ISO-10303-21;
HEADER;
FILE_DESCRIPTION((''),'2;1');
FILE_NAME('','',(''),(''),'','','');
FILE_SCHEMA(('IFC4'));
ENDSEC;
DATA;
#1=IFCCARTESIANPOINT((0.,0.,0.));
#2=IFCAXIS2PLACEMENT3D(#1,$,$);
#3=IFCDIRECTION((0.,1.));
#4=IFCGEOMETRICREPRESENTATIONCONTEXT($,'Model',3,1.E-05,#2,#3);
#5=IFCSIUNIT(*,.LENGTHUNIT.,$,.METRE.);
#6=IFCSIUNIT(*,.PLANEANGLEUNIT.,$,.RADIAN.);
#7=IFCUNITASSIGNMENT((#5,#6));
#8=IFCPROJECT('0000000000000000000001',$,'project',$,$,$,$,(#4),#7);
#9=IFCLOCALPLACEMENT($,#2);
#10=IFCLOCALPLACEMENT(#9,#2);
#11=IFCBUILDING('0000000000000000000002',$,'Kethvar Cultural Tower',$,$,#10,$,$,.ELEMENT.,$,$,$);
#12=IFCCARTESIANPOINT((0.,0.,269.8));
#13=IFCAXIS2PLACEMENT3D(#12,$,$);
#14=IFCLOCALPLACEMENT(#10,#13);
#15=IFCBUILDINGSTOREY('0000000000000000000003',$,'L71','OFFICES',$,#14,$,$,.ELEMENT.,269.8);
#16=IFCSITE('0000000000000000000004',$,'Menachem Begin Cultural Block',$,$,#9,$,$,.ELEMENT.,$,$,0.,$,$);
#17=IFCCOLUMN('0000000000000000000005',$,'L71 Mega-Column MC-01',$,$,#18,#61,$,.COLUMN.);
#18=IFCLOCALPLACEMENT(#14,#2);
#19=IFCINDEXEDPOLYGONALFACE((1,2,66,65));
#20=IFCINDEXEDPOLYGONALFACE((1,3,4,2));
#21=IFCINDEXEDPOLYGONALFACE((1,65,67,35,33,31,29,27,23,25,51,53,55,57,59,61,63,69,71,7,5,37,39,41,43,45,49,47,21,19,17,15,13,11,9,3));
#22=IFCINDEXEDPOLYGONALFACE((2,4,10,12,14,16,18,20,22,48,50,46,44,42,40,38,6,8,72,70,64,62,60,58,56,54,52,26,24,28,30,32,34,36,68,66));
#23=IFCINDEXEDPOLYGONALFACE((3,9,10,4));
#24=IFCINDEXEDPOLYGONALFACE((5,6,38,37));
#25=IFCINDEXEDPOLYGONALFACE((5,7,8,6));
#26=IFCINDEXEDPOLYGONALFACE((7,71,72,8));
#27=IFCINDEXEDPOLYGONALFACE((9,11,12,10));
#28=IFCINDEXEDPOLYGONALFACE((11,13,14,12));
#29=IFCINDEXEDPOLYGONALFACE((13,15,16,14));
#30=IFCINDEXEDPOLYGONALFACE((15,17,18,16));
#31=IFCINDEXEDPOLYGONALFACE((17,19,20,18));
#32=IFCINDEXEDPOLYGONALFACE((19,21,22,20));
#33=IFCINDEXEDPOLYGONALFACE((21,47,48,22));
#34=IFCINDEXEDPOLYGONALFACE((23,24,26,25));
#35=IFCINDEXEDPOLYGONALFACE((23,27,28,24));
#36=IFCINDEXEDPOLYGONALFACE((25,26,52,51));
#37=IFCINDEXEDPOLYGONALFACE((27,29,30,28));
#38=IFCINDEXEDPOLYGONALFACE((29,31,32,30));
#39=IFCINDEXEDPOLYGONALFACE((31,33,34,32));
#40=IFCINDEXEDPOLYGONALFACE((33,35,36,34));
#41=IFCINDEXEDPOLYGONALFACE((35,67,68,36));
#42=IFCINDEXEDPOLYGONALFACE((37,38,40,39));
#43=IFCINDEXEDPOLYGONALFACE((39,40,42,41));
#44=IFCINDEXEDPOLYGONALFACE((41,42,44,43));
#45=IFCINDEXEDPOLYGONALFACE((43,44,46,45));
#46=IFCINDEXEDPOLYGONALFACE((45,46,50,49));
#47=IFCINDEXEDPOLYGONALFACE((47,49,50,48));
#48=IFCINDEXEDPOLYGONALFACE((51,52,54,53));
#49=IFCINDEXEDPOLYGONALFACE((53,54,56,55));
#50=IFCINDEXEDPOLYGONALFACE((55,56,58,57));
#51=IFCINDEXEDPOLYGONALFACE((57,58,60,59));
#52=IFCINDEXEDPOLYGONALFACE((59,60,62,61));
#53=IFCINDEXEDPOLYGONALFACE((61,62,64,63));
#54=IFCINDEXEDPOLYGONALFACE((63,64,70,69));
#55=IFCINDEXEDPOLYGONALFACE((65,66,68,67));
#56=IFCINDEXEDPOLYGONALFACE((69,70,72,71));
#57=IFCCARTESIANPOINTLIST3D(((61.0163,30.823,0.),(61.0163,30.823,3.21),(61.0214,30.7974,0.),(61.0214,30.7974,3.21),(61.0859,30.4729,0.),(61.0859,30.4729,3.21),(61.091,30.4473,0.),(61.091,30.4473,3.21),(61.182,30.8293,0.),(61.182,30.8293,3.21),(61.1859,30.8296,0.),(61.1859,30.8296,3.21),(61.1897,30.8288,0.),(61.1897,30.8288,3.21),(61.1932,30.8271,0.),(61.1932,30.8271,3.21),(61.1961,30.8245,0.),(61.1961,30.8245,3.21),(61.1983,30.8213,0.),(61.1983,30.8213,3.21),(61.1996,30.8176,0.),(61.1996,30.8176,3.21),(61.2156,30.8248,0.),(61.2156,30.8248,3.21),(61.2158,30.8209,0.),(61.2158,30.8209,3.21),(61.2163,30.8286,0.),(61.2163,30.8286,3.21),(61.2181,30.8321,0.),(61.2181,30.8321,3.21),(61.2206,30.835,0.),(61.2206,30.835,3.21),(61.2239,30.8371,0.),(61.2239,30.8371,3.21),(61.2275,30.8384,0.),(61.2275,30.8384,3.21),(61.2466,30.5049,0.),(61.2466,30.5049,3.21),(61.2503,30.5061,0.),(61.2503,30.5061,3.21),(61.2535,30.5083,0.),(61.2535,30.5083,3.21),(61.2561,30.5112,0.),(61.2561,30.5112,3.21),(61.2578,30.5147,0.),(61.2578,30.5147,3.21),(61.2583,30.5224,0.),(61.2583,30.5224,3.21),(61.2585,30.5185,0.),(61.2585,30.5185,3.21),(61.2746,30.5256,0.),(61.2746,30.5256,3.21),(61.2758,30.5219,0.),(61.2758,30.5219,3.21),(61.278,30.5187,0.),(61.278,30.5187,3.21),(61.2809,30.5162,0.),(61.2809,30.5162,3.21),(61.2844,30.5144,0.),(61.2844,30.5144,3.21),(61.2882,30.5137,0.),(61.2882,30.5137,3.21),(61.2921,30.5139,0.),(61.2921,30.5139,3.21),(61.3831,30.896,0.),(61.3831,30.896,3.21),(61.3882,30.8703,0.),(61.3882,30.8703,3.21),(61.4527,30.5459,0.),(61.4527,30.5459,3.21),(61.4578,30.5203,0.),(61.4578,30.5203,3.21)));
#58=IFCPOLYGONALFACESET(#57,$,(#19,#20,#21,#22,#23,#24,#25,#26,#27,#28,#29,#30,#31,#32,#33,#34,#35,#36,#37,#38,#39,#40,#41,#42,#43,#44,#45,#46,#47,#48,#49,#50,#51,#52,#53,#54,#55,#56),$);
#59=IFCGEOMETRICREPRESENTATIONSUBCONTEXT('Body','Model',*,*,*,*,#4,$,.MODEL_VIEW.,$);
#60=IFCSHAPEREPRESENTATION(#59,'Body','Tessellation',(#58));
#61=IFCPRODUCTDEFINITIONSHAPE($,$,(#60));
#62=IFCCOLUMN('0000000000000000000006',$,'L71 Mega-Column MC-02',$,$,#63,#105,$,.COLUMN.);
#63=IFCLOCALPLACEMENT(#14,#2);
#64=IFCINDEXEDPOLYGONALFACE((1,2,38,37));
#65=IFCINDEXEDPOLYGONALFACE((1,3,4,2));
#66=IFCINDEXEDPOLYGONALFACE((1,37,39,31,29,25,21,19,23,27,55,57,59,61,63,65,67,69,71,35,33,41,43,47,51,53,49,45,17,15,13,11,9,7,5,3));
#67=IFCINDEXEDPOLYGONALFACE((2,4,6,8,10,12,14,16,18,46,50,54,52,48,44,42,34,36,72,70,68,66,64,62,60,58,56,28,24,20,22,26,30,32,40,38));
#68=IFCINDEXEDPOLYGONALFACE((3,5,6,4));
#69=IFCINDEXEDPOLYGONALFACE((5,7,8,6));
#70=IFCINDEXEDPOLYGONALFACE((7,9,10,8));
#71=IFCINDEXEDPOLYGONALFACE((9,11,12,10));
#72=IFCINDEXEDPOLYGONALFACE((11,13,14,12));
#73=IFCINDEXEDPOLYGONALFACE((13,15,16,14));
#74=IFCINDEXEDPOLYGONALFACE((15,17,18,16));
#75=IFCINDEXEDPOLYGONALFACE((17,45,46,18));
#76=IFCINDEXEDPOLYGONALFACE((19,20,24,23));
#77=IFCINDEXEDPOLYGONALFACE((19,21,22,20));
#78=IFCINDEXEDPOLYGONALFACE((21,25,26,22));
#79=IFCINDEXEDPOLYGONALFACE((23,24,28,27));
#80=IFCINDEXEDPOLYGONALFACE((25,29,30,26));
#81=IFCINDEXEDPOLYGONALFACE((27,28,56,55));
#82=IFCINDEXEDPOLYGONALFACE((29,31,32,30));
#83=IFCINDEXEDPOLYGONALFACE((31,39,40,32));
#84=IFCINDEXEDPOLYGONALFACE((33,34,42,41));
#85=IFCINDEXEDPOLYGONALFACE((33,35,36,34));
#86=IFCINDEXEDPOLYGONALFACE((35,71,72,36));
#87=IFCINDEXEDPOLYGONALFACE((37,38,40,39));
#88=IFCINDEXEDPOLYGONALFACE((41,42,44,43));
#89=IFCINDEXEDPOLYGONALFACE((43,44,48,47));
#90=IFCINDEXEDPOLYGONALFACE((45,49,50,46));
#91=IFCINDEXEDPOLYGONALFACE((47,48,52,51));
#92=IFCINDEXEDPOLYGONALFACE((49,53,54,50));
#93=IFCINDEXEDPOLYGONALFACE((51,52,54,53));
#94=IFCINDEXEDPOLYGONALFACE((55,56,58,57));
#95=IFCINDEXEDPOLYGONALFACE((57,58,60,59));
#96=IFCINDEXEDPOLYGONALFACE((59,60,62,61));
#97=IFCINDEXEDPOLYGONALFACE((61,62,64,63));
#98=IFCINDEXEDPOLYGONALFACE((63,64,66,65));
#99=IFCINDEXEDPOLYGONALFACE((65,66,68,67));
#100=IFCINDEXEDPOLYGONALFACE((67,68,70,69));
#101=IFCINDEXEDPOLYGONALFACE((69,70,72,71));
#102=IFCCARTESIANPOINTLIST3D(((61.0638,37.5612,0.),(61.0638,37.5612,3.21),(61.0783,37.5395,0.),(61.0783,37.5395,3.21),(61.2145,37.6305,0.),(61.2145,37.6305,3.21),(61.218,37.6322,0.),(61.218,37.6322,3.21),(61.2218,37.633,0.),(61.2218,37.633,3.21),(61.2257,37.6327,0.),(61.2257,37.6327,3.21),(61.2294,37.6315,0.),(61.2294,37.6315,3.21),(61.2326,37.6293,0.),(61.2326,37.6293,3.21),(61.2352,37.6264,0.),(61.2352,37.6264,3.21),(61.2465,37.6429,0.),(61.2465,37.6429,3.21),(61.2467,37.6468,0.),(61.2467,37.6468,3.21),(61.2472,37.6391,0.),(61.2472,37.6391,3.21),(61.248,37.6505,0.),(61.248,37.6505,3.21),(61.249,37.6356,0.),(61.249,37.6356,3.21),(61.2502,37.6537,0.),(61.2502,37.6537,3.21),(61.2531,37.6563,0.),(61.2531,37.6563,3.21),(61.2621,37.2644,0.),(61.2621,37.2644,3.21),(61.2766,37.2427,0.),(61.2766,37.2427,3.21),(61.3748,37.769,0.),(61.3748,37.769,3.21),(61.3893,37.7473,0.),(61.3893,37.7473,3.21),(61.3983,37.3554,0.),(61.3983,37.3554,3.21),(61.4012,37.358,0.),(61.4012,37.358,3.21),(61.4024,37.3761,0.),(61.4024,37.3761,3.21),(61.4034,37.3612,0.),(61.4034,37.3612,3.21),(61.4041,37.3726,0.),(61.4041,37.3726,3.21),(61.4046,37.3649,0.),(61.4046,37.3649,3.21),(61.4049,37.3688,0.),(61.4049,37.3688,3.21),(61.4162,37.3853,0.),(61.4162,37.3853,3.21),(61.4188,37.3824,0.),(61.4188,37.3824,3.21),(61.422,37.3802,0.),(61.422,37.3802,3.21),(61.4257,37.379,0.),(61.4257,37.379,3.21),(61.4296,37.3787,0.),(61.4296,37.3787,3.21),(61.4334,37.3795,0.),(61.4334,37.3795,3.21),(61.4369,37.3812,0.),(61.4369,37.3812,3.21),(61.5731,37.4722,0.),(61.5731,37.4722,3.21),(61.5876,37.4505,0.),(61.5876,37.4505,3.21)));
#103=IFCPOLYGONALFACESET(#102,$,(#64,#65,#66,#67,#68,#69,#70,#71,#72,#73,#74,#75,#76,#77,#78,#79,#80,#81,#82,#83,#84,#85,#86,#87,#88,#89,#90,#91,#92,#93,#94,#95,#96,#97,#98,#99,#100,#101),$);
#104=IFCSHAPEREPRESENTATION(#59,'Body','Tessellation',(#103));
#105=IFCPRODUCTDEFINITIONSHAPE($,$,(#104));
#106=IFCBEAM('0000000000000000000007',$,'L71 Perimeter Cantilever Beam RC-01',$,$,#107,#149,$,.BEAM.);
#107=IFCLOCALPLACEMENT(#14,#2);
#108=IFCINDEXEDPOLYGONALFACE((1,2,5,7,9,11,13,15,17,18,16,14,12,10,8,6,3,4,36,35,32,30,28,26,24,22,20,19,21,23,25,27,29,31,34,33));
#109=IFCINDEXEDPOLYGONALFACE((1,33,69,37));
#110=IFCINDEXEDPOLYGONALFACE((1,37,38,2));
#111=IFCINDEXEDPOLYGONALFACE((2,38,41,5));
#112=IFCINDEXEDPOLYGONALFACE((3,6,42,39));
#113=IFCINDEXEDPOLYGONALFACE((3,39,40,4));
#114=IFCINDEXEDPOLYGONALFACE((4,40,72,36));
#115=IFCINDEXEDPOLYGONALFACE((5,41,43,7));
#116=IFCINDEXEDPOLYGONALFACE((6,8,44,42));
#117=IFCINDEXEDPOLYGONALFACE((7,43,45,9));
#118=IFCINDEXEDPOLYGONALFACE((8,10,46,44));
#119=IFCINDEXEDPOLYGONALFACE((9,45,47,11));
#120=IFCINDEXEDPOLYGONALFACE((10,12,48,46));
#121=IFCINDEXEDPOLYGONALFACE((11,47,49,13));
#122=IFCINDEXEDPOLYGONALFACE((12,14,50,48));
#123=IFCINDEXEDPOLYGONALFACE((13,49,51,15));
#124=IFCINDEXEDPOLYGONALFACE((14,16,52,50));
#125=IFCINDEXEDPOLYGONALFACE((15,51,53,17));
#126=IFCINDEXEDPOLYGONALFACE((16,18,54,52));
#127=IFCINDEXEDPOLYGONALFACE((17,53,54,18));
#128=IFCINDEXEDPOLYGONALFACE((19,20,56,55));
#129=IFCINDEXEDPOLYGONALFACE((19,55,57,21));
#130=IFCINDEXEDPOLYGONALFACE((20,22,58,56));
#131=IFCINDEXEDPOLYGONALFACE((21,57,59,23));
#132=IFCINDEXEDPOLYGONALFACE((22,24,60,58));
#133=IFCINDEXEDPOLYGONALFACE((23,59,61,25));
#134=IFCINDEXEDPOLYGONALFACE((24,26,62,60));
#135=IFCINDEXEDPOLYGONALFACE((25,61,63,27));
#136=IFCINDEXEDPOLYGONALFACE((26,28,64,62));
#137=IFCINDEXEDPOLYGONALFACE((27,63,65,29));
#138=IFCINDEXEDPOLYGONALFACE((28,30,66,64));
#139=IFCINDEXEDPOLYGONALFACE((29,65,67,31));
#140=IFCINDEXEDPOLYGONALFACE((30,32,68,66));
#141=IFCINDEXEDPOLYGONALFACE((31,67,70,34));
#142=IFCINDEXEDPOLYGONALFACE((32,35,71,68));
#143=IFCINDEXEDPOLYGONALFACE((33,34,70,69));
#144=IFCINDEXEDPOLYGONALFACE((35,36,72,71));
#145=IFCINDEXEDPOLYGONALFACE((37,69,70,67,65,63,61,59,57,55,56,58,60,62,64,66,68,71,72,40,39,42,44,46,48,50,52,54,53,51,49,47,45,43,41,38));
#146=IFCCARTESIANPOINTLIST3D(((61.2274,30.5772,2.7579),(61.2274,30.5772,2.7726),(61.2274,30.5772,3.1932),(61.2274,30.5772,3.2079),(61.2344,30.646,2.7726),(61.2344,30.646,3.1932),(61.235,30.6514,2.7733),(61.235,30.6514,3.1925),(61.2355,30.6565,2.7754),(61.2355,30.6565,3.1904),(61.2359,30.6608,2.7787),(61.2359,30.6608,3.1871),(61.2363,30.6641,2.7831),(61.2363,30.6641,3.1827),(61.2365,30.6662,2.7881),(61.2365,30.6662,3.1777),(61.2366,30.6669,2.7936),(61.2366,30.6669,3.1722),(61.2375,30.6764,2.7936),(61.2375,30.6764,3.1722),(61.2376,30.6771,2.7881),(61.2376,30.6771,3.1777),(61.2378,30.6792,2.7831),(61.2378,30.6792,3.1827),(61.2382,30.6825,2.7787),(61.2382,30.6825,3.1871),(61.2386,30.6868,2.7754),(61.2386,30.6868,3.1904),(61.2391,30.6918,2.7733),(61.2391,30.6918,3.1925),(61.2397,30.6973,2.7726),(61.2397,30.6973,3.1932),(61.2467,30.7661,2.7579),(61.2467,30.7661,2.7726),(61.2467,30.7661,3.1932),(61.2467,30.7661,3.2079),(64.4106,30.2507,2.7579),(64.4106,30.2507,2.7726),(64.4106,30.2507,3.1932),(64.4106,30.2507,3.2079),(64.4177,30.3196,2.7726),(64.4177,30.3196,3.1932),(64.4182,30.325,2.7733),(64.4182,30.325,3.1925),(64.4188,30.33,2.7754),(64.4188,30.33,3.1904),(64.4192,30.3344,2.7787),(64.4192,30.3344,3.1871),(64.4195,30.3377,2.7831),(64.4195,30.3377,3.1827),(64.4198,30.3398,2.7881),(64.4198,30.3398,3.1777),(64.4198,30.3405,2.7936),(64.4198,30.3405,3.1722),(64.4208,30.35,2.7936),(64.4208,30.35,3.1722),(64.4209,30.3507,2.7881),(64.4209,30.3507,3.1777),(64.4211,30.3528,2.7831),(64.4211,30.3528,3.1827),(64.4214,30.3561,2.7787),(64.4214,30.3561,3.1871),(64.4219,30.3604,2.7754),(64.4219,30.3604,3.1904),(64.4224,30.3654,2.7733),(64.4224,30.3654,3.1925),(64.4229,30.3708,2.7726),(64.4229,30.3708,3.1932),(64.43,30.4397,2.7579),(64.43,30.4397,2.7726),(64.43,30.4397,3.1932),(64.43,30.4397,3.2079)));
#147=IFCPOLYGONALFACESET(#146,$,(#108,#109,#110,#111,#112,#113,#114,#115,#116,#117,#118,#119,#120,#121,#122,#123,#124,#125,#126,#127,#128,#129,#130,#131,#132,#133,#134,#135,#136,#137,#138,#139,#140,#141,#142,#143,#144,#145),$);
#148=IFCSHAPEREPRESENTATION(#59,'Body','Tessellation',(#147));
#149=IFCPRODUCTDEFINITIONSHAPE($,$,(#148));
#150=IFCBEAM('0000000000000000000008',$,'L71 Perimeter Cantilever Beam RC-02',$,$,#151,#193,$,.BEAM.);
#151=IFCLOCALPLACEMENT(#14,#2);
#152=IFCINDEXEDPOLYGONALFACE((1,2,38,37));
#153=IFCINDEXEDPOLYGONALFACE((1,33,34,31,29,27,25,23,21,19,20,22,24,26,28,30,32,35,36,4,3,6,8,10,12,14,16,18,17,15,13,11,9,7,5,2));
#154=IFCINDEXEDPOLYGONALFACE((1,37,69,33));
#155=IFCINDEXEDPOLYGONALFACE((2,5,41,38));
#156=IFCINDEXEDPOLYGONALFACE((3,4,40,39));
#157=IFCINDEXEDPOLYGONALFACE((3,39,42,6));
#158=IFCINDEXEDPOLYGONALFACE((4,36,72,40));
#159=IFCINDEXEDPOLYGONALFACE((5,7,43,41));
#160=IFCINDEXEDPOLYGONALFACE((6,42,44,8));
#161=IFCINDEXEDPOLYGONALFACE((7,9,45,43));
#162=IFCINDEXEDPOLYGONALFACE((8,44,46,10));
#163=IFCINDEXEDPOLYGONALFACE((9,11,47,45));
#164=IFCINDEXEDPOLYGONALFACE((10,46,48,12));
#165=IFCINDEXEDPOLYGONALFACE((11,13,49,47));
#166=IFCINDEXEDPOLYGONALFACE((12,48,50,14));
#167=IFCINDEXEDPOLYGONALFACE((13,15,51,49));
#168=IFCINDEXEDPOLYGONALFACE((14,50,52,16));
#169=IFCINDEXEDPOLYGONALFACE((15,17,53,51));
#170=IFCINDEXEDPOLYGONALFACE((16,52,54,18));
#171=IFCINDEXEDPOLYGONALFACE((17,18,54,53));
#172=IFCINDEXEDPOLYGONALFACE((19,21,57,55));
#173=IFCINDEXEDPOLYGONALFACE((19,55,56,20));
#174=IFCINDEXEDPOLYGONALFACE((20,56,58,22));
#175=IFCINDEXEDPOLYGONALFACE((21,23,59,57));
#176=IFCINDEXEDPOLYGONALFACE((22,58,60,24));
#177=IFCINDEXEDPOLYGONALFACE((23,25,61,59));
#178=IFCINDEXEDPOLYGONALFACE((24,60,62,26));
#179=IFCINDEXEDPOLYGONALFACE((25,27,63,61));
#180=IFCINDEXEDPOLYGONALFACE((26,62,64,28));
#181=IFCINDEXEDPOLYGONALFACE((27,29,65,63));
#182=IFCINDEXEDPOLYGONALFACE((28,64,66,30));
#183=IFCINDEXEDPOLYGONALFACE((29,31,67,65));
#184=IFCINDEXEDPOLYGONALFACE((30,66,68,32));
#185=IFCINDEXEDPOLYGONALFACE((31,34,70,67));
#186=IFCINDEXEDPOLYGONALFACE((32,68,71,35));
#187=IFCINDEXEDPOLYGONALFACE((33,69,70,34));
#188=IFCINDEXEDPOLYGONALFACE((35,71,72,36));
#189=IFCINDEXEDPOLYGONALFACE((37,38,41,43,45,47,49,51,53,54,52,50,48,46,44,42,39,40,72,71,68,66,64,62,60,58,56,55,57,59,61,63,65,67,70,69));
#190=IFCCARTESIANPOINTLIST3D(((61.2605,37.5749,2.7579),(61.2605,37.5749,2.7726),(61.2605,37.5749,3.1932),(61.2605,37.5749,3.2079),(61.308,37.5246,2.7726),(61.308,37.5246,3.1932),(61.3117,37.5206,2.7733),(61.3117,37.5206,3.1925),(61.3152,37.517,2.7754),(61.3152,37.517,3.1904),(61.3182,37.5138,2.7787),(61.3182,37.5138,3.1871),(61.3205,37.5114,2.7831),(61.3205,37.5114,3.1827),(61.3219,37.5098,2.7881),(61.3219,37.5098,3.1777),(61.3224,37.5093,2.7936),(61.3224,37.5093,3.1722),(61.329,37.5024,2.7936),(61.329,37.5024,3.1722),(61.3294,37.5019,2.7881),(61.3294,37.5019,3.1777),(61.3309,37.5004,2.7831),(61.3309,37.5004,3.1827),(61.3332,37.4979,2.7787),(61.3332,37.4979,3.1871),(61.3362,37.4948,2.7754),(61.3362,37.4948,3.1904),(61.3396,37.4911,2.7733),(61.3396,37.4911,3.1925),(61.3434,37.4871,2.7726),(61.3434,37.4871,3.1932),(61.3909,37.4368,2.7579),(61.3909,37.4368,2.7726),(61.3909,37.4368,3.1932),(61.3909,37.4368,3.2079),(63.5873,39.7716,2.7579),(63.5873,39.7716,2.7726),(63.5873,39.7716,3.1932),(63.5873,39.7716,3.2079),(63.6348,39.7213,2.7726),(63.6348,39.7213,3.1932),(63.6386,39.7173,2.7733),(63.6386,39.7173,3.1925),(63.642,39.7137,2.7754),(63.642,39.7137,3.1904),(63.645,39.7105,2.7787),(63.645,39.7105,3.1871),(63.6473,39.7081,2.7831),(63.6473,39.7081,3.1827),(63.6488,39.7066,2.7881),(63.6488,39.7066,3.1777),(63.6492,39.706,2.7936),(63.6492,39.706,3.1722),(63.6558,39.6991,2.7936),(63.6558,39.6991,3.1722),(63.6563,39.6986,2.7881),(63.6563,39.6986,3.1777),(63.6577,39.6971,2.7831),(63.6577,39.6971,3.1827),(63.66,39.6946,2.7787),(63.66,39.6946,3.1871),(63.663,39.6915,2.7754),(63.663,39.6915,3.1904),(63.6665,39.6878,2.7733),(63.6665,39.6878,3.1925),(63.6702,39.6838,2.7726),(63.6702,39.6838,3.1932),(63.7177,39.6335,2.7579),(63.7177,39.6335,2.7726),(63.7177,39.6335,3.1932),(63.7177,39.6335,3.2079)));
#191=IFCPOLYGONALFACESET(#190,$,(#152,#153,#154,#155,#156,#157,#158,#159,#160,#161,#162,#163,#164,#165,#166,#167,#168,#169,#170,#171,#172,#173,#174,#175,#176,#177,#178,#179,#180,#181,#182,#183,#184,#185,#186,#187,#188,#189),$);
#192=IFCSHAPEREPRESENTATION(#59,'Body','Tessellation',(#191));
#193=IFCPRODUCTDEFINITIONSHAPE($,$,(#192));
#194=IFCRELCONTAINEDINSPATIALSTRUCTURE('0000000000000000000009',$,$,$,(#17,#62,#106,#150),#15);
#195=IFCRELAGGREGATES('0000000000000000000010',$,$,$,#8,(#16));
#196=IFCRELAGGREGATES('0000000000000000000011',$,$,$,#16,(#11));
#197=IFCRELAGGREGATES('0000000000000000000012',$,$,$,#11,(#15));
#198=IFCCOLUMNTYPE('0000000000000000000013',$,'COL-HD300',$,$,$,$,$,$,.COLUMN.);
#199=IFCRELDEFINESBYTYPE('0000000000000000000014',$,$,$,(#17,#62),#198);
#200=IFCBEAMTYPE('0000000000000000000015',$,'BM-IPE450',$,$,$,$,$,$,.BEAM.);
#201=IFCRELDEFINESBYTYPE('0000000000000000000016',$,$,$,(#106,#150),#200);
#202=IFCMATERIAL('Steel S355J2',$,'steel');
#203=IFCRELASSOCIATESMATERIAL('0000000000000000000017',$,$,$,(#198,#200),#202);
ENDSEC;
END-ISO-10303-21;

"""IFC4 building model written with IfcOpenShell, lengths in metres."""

from ifc_helpers import new_model, si_unit, direction, frame, origin, origin_2d, place, context, subcontext, project, spatial, i_section, extrude, source, transform, mapped, material, material_profile, profile_set, type_object, element, save


model = new_model("IFC4")

# Units and contexts
model_context = context("Model", 3, precision=1e-05, world=origin(), true_north=direction((0.0, 1.0)))
body_context = subcontext(model_context, "Body", "Model", "MODEL_VIEW")
ifc_project = project(units=[si_unit("LENGTHUNIT", "METRE"), si_unit("PLANEANGLEUNIT", "RADIAN")], contexts=[model_context])

# Site, building, storey
site_placement = place(None, origin())
site = spatial("IfcSite", under=ifc_project, at=site_placement, Name="Menachem Begin Cultural Block", CompositionType="ELEMENT", RefElevation=0.0)
building_placement = place(site_placement, origin())
building = spatial("IfcBuilding", under=site, at=building_placement, Name="Kethvar Cultural Tower", CompositionType="ELEMENT")
storey_placement = place(building_placement, frame((0.0, 0.0, 269.8)))
storey = spatial("IfcBuildingStorey", under=building, at=storey_placement, Name="L71", Description="OFFICES", CompositionType="ELEMENT", Elevation=269.8)

# Columns
ifc_material_1 = material(Name="Steel S355J2", Category="steel")
ifc_material_profile_1 = material_profile(ifc_material_1, i_section(OverallWidth=0.374, OverallDepth=0.3831, WebThickness=0.0166, FlangeThickness=0.0261, FilletRadius=0.0149, at=origin_2d()), Name="Steel S355J2 — HD360x300")
ifc_profile_set_1 = profile_set([ifc_material_profile_1], Name="Steel S355J2 — HD360x300")
column_type = type_object("IfcColumnType", Name="COL-HD300", PredefinedType="COLUMN", material=ifc_profile_set_1)
shared_shape_1 = source(origin(), body_context, "Body", "SweptSolid", [
    extrude(i_section(OverallWidth=0.374, OverallDepth=0.3831, WebThickness=0.0166, FlangeThickness=0.0261, FilletRadius=0.0149, at=origin_2d()), origin(), (0.0, 0.0, 1.0), 3.21),
])
for number, where, z_axis, x_axis, name in (
    (1, (61.2371, 30.6716, 0.0), (0.0, 0.0, 1.0), (0.980785, 0.19509, 0.0), "L71 Mega-Column MC-01"),
    (2, (61.3257, 37.5059, 0.0), (0.0, 0.0, 1.0), (0.83147, 0.55557, 0.0), "L71 Mega-Column MC-02"),
):
    element("IfcColumn", number, at=place(storey_placement, frame(where, z_axis=z_axis, x_axis=x_axis)), inside=storey, type_object=column_type, Name=name, PredefinedType="COLUMN", context=body_context, shape_type="MappedRepresentation", body=[
        mapped(shared_shape_1, transform((0.0, 0.0, 0.0), scale=1.0)),
    ])

# Beams
ifc_material_profile_2 = material_profile(ifc_material_1, i_section(OverallWidth=0.1899, OverallDepth=0.45, WebThickness=0.0095, FlangeThickness=0.0146, FilletRadius=0.021, at=origin_2d()), Name="Steel S355J2 — IPE450")
ifc_profile_set_2 = profile_set([ifc_material_profile_2], Name="Steel S355J2 — IPE450")
beam_type_1 = type_object("IfcBeamType", Name="BM-IPE450", PredefinedType="BEAM", material=ifc_profile_set_2)
shared_shape_2 = source(origin(), body_context, "Body", "SweptSolid", [
    extrude(i_section(OverallWidth=0.1899, OverallDepth=0.45, WebThickness=0.0095, FlangeThickness=0.0146, FilletRadius=0.021, at=origin_2d()), origin(), (0.0, 0.0, 1.0), 3.2),
])
for number, where, z_axis, x_axis, name in (
    (3, (61.2371, 30.6716, 2.9829), (0.994784, -0.102004, 0.0), (0.102004, 0.994784, 0.0), "L71 Perimeter Cantilever Beam RC-01"),
    (4, (61.3257, 37.5059, 2.9829), (0.727146, 0.686482, 0.0), (-0.686482, 0.727146, 0.0), "L71 Perimeter Cantilever Beam RC-02"),
):
    element("IfcBeam", number, at=place(storey_placement, frame(where, z_axis=z_axis, x_axis=x_axis)), inside=storey, type_object=beam_type_1, Name=name, PredefinedType="BEAM", context=body_context, shape_type="MappedRepresentation", body=[
        mapped(shared_shape_2, transform((0.0, 0.0, 0.0), scale=1.0)),
    ])

save(model, "model.ifc")
